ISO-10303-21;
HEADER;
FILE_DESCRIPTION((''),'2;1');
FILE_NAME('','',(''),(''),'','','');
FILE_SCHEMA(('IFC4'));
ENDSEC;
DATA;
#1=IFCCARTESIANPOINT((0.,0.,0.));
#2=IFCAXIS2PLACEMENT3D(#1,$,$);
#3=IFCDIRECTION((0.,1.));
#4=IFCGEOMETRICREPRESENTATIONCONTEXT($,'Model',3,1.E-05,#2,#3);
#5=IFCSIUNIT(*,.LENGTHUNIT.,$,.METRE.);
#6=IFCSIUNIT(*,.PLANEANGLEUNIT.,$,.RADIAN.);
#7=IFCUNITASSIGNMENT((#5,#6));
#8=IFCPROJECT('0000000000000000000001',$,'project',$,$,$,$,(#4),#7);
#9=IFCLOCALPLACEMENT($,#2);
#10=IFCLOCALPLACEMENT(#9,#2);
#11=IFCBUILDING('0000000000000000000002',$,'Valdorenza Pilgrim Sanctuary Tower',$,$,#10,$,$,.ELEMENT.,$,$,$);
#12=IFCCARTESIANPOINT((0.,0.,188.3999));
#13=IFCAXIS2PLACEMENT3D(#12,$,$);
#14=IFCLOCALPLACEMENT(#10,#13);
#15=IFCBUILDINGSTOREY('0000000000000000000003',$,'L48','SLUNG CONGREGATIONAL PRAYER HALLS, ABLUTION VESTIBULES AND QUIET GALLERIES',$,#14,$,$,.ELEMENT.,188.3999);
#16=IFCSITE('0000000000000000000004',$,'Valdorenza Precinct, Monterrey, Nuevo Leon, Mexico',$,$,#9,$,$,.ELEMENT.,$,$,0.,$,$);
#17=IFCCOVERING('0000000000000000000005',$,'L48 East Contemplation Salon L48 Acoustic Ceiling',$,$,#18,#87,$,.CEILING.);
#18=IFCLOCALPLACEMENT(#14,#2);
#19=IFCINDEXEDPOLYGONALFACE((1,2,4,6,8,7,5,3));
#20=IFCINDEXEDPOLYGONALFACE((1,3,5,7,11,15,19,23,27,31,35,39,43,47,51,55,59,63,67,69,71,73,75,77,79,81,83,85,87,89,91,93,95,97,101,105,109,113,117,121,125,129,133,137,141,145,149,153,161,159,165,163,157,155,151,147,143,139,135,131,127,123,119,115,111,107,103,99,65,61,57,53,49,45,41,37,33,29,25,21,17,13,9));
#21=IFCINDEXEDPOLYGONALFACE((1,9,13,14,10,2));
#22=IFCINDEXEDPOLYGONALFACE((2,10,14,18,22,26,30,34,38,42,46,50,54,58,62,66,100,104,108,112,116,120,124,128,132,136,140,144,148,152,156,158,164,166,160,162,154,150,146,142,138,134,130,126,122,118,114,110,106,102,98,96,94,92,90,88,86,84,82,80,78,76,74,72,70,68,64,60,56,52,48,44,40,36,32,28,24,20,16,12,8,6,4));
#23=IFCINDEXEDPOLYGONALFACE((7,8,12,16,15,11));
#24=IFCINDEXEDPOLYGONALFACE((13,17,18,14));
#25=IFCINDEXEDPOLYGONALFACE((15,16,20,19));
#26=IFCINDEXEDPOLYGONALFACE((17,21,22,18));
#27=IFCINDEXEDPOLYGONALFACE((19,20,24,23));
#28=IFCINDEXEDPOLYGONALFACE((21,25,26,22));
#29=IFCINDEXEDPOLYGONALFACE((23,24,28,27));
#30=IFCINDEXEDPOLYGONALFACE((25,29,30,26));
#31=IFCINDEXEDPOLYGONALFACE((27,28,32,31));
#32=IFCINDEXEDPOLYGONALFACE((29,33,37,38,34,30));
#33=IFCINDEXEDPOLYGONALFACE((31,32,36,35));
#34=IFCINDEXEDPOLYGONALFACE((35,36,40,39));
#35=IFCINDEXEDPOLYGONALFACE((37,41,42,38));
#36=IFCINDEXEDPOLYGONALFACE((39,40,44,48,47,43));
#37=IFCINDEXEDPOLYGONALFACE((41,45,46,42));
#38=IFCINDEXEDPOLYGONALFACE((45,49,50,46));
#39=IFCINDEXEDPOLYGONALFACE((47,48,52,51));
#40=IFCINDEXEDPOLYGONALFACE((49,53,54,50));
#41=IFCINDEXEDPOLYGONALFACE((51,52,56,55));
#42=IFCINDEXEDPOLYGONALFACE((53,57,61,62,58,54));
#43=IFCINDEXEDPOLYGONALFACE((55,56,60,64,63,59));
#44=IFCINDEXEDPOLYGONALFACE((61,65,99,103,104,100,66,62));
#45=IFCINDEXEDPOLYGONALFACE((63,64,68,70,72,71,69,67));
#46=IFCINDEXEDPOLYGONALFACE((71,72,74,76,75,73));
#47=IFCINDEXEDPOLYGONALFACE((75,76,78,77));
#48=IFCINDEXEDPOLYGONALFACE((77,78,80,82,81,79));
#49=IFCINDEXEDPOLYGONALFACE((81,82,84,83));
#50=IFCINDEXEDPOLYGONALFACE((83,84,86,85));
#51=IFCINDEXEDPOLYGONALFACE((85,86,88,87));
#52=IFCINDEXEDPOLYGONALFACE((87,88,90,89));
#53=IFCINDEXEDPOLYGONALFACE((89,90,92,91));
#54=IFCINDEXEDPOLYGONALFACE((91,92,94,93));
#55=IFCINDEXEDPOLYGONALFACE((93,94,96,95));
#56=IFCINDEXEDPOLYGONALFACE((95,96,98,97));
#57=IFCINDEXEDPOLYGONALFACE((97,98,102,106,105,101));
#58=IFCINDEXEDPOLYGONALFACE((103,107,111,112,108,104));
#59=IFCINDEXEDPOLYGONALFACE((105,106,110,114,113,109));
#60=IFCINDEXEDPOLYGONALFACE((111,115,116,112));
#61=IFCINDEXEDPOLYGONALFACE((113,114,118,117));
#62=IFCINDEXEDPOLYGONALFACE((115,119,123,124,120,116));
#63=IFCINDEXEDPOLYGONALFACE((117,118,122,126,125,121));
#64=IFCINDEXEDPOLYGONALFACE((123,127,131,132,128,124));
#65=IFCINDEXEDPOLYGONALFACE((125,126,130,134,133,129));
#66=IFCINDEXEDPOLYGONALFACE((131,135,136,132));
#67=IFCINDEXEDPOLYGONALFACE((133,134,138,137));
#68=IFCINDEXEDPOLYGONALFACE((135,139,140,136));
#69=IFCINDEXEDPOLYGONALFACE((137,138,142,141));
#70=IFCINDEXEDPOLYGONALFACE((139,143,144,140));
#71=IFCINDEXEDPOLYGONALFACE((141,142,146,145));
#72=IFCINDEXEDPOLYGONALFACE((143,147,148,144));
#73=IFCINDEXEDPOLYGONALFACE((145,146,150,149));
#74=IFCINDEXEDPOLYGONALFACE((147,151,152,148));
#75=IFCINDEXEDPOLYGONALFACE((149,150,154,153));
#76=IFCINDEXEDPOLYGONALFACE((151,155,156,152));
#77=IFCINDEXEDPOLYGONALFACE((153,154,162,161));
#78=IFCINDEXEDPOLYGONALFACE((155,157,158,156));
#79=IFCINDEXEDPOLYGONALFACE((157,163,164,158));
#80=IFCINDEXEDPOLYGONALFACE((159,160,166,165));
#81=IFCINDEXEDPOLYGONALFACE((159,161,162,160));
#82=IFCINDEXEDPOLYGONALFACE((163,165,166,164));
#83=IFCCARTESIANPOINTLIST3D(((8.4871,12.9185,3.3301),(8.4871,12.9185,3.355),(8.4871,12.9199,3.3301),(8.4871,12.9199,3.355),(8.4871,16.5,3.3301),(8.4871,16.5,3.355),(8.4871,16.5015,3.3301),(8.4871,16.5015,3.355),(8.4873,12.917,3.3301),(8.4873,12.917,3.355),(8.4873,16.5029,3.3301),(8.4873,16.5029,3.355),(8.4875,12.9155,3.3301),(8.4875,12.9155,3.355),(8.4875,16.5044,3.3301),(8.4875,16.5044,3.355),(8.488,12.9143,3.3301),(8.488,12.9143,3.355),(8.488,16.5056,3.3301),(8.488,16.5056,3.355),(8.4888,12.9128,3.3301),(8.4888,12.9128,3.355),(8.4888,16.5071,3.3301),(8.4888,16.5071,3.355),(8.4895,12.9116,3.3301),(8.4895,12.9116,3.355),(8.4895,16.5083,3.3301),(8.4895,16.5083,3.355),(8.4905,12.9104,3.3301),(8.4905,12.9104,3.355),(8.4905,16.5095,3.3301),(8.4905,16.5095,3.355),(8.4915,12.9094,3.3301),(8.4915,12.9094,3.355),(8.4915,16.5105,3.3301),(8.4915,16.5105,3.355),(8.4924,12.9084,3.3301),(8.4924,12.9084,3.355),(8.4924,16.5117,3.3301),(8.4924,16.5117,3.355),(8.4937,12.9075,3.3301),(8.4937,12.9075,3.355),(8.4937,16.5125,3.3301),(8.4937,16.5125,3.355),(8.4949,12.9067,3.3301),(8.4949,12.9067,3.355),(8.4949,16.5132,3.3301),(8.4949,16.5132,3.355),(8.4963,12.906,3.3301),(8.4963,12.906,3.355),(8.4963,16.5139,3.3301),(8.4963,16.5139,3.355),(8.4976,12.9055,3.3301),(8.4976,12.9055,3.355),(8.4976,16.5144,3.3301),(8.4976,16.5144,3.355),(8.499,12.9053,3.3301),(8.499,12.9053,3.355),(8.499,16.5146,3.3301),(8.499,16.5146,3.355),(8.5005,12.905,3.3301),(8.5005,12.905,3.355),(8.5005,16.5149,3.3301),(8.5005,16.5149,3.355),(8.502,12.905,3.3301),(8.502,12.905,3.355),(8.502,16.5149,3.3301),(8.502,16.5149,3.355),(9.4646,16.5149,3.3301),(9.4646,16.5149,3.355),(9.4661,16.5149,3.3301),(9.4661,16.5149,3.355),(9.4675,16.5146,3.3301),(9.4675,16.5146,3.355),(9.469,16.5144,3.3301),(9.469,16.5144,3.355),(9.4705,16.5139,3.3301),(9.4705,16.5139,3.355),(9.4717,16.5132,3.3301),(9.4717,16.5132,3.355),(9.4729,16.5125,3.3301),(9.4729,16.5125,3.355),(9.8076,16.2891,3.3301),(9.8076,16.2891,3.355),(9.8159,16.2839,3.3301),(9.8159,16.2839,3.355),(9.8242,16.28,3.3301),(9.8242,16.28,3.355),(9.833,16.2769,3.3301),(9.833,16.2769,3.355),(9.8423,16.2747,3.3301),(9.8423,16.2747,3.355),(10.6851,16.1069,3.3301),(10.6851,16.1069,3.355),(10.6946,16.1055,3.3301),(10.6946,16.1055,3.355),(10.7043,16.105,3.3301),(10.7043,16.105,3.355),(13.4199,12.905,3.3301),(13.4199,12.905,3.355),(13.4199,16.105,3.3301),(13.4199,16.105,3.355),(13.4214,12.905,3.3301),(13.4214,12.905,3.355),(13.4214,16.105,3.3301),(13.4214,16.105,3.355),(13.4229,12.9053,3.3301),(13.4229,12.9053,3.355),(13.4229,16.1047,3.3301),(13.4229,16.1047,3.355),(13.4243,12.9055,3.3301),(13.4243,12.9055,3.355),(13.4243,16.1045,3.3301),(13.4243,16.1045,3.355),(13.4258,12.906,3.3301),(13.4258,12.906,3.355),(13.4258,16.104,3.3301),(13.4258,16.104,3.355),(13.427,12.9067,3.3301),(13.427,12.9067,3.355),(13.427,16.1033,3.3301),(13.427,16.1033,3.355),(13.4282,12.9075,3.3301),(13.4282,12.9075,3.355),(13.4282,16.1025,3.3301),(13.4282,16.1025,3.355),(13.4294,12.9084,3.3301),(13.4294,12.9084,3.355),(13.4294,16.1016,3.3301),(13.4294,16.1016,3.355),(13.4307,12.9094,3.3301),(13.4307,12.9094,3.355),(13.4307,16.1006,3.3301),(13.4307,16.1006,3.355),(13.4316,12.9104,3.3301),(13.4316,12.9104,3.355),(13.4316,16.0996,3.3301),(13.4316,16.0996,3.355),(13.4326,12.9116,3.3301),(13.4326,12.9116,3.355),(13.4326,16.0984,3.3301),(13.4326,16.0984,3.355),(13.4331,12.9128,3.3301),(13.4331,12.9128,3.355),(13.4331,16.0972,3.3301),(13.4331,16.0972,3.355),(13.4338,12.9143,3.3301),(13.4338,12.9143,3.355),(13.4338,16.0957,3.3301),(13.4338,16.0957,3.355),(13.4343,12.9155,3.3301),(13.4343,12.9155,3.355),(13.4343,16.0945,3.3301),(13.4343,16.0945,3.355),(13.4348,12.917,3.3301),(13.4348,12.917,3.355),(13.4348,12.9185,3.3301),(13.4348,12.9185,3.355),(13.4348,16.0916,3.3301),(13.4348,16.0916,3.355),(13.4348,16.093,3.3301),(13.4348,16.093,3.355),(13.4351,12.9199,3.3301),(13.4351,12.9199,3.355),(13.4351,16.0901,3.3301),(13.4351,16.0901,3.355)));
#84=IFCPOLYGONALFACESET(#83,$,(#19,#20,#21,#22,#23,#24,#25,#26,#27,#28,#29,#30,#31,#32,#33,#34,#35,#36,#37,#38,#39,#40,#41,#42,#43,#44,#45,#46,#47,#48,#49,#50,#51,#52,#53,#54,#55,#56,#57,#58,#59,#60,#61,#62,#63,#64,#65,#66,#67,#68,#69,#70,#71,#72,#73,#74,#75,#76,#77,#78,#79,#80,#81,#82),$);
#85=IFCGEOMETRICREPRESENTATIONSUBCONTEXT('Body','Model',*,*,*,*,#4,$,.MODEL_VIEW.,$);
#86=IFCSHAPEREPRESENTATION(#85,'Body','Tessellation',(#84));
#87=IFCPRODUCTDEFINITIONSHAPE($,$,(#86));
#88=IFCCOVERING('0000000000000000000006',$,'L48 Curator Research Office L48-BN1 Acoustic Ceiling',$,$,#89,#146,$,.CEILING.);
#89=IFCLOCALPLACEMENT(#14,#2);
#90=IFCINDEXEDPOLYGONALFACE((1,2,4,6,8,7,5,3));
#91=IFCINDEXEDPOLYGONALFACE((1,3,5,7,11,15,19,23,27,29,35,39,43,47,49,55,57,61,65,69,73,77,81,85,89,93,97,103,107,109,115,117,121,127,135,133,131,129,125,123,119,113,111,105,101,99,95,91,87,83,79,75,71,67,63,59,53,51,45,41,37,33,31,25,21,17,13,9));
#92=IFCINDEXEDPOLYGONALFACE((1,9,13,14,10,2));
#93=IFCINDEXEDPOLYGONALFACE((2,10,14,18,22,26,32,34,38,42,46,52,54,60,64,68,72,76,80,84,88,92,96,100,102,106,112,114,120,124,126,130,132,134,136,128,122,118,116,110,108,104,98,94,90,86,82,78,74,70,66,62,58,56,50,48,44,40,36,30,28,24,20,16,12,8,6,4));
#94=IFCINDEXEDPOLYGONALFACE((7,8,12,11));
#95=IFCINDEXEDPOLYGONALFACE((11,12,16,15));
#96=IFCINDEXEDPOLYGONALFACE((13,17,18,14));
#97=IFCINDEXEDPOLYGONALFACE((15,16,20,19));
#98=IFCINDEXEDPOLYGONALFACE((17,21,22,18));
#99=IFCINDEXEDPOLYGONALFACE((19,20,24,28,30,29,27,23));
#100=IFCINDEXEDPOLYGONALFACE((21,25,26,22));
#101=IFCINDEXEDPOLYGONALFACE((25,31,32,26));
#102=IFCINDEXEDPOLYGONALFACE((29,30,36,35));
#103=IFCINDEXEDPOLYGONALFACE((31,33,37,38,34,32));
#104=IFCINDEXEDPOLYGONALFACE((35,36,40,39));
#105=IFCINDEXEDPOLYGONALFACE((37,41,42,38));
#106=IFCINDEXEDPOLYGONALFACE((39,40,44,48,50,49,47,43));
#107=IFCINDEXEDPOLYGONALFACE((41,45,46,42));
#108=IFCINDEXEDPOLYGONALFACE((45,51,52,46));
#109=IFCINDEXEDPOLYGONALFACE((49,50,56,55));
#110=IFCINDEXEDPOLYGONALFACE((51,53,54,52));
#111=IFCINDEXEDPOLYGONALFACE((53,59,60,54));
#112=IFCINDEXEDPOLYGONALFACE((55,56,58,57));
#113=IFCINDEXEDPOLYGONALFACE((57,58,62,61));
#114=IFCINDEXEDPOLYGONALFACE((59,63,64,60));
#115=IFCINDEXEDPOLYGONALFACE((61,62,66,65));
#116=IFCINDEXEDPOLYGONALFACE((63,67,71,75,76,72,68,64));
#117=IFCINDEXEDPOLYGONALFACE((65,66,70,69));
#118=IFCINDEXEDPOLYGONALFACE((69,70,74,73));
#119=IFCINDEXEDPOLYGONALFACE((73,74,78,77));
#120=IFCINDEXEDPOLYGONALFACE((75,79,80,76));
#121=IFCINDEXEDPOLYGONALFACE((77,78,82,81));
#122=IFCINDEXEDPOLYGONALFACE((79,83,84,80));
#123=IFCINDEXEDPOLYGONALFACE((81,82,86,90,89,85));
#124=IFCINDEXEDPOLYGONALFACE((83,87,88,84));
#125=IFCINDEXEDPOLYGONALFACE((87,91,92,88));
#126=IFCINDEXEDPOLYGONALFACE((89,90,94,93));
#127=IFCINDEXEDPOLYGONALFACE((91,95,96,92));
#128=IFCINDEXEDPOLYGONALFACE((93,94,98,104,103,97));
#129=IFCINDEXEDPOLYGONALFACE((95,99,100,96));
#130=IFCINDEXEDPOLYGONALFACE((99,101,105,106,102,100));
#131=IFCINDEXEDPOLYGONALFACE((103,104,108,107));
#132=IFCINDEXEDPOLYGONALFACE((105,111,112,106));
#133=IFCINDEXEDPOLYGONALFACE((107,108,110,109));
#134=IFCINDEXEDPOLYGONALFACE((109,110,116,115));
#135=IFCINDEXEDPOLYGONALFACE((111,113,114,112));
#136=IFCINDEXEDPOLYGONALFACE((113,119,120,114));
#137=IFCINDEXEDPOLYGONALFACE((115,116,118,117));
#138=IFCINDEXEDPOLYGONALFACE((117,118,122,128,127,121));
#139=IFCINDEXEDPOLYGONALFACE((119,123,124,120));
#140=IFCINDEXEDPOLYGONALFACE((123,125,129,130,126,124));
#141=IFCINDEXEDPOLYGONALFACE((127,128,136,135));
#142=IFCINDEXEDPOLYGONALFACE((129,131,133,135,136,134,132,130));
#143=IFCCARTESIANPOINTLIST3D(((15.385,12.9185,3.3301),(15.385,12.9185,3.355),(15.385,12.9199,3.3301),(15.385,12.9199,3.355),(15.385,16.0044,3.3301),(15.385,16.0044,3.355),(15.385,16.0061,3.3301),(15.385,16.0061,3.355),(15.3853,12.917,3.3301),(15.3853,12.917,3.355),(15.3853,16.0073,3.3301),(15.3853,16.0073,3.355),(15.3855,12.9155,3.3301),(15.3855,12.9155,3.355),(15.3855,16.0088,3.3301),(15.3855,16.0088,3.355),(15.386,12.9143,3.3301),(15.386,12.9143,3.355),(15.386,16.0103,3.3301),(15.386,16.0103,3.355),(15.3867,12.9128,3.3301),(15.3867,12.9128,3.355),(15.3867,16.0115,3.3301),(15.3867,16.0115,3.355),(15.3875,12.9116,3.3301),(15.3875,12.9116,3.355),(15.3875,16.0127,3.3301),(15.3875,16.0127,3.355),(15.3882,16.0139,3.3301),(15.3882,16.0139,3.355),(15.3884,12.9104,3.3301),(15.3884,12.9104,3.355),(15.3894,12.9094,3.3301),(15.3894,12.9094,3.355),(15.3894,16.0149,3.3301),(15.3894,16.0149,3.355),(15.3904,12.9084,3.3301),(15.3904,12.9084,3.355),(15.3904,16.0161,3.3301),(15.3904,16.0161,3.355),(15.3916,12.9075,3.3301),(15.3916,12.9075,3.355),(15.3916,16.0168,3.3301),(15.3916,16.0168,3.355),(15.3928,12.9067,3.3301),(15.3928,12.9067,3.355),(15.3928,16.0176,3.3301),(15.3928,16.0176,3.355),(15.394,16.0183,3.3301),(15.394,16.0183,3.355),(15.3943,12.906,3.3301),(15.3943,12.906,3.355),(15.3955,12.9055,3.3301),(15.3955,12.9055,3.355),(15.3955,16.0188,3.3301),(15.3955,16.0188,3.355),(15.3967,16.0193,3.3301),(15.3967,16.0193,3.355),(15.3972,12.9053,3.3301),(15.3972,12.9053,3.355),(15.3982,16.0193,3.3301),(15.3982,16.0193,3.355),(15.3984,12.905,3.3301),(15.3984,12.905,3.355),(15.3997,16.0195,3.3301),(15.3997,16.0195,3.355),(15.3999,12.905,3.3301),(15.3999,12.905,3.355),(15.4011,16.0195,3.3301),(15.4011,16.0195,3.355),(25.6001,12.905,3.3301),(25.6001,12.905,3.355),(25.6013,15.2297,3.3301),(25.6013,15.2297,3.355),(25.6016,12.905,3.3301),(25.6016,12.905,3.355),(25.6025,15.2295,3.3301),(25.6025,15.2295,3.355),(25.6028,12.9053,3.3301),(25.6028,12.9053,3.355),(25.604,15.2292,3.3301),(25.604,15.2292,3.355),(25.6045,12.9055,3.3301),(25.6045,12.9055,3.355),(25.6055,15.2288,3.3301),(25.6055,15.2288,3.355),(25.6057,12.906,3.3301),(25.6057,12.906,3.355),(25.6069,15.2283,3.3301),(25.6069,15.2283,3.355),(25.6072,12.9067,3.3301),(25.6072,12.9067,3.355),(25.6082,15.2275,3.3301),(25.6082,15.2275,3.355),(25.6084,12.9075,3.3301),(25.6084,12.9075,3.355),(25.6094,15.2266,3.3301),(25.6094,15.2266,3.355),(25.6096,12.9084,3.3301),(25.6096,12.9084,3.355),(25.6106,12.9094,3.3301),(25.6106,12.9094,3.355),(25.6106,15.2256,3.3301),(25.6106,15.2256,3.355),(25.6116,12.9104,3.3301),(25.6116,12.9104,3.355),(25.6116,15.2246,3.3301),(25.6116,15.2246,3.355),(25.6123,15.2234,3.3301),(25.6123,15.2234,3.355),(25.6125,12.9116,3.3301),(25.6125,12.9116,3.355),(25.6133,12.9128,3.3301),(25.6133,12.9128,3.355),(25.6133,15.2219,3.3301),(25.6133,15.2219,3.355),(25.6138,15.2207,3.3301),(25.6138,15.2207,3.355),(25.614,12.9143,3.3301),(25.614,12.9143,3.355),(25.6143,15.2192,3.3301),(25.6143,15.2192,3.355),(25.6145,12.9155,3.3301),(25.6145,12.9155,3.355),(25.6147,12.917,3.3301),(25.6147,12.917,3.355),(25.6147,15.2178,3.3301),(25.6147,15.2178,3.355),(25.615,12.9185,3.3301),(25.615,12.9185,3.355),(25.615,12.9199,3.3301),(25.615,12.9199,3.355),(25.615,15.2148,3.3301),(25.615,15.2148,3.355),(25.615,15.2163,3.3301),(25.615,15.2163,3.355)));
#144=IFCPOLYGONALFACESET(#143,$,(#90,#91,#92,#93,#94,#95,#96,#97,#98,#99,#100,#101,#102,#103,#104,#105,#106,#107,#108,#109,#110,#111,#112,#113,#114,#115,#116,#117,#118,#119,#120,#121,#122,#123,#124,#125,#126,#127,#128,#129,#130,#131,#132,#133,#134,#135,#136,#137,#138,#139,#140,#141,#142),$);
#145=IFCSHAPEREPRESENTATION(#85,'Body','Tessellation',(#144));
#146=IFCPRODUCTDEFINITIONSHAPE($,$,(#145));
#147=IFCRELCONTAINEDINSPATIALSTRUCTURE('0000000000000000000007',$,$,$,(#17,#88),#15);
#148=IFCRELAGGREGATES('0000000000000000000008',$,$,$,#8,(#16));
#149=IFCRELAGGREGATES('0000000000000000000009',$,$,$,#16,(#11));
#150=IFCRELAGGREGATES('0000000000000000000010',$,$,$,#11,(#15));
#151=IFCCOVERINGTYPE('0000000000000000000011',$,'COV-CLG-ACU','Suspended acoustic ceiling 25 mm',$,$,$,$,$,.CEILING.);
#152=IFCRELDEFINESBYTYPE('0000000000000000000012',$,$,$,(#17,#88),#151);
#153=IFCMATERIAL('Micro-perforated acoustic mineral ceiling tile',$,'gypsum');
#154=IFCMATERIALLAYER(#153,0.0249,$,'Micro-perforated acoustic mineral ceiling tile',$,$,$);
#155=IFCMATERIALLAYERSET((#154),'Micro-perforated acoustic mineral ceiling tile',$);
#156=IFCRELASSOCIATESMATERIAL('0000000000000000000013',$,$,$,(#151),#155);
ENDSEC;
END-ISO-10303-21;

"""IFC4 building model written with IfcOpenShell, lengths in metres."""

from ifc_helpers import new_model, si_unit, direction, frame, origin, place, context, subcontext, project, spatial, polyline, outline, extrude, material, layer, layer_set, type_object, element, save


model = new_model("IFC4")

# Units and contexts
model_context = context("Model", 3, precision=1e-05, world=origin(), true_north=direction((0.0, 1.0)))
body_context = subcontext(model_context, "Body", "Model", "MODEL_VIEW")
ifc_project = project(units=[si_unit("LENGTHUNIT", "METRE"), si_unit("PLANEANGLEUNIT", "RADIAN")], contexts=[model_context])

# Site, building, storey
site_placement = place(None, origin())
site = spatial("IfcSite", under=ifc_project, at=site_placement, Name="Valdorenza Precinct, Monterrey, Nuevo Leon, Mexico", CompositionType="ELEMENT", RefElevation=0.0)
building_placement = place(site_placement, origin())
building = spatial("IfcBuilding", under=site, at=building_placement, Name="Valdorenza Pilgrim Sanctuary Tower", CompositionType="ELEMENT")
storey_placement = place(building_placement, frame((0.0, 0.0, 188.3999)))
storey = spatial("IfcBuildingStorey", under=building, at=storey_placement, Name="L48", Description="SLUNG CONGREGATIONAL PRAYER HALLS, ABLUTION VESTIBULES AND QUIET GALLERIES", CompositionType="ELEMENT", Elevation=188.3999)

# Coverings
ifc_material_1 = material(Name="Micro-perforated acoustic mineral ceiling tile", Category="gypsum")
ifc_layer_1 = layer(ifc_material_1, 0.0249, Name="Micro-perforated acoustic mineral ceiling tile")
ifc_layer_set_1 = layer_set([ifc_layer_1], Name="Micro-perforated acoustic mineral ceiling tile")
covering_type_1 = type_object("IfcCoveringType", Name="COV-CLG-ACU", Description="Suspended acoustic ceiling 25 mm", PredefinedType="CEILING", material=ifc_layer_set_1)
covering_1_placement = place(storey_placement, frame((0.0, 0.0, 3.3301)))
element("IfcCovering", 1, at=covering_1_placement, inside=storey, type_object=covering_type_1, Name="L48 East Contemplation Salon L48 Acoustic Ceiling", PredefinedType="CEILING", context=body_context, shape_type="SweptSolid", body=[
    extrude(outline(polyline([(8.502, 12.905), (8.5005, 12.905), (8.499, 12.9053), (8.4976, 12.9055), (8.4963, 12.906), (8.4949, 12.9067), (8.4937, 12.9075), (8.4924, 12.9084), (8.4915, 12.9094), (8.4905, 12.9104), (8.4895, 12.9116), (8.4888, 12.9128), (8.488, 12.9143), (8.4875, 12.9155), (8.4873, 12.917), (8.4871, 12.9185), (8.4871, 12.9199), (8.4871, 16.5), (8.4871, 16.5015), (8.4873, 16.5029), (8.4875, 16.5044), (8.488, 16.5056), (8.4888, 16.5071), (8.4895, 16.5083), (8.4905, 16.5095), (8.4915, 16.5105), (8.4924, 16.5117), (8.4937, 16.5125), (8.4949, 16.5132), (8.4963, 16.5139), (8.4976, 16.5144), (8.499, 16.5146), (8.5005, 16.5149), (8.502, 16.5149), (9.4646, 16.5149), (9.4661, 16.5149), (9.4675, 16.5146), (9.469, 16.5144), (9.4705, 16.5139), (9.4717, 16.5132), (9.4729, 16.5125), (9.8076, 16.2891), (9.8159, 16.2839), (9.8242, 16.28), (9.833, 16.2769), (9.8423, 16.2747), (10.6851, 16.1069), (10.6946, 16.1055), (10.7043, 16.105), (13.4199, 16.105), (13.4214, 16.105), (13.4229, 16.1047), (13.4243, 16.1045), (13.4258, 16.104), (13.427, 16.1033), (13.4282, 16.1025), (13.4294, 16.1016), (13.4307, 16.1006), (13.4316, 16.0996), (13.4326, 16.0984), (13.4331, 16.0972), (13.4338, 16.0957), (13.4343, 16.0945), (13.4348, 16.093), (13.4348, 16.0916), (13.4351, 16.0901), (13.4351, 12.9199), (13.4348, 12.9185), (13.4348, 12.917), (13.4343, 12.9155), (13.4338, 12.9143), (13.4331, 12.9128), (13.4326, 12.9116), (13.4316, 12.9104), (13.4307, 12.9094), (13.4294, 12.9084), (13.4282, 12.9075), (13.427, 12.9067), (13.4258, 12.906), (13.4243, 12.9055), (13.4229, 12.9053), (13.4214, 12.905), (13.4199, 12.905), (8.502, 12.905)])), origin(), (0.0, 0.0, 1.0), 0.0249),
])
covering_2_placement = place(storey_placement, frame((0.0, 0.0, 3.3301)))
element("IfcCovering", 2, at=covering_2_placement, inside=storey, type_object=covering_type_1, Name="L48 Curator Research Office L48-BN1 Acoustic Ceiling", PredefinedType="CEILING", context=body_context, shape_type="SweptSolid", body=[
    extrude(outline(polyline([(15.3999, 12.905), (15.3984, 12.905), (15.3972, 12.9053), (15.3955, 12.9055), (15.3943, 12.906), (15.3928, 12.9067), (15.3916, 12.9075), (15.3904, 12.9084), (15.3894, 12.9094), (15.3884, 12.9104), (15.3875, 12.9116), (15.3867, 12.9128), (15.386, 12.9143), (15.3855, 12.9155), (15.3853, 12.917), (15.385, 12.9185), (15.385, 12.9199), (15.385, 16.0044), (15.385, 16.0061), (15.3853, 16.0073), (15.3855, 16.0088), (15.386, 16.0103), (15.3867, 16.0115), (15.3875, 16.0127), (15.3882, 16.0139), (15.3894, 16.0149), (15.3904, 16.0161), (15.3916, 16.0168), (15.3928, 16.0176), (15.394, 16.0183), (15.3955, 16.0188), (15.3967, 16.0193), (15.3982, 16.0193), (15.3997, 16.0195), (15.4011, 16.0195), (25.6013, 15.2297), (25.6025, 15.2295), (25.604, 15.2292), (25.6055, 15.2288), (25.6069, 15.2283), (25.6082, 15.2275), (25.6094, 15.2266), (25.6106, 15.2256), (25.6116, 15.2246), (25.6123, 15.2234), (25.6133, 15.2219), (25.6138, 15.2207), (25.6143, 15.2192), (25.6147, 15.2178), (25.615, 15.2163), (25.615, 15.2148), (25.615, 12.9199), (25.615, 12.9185), (25.6147, 12.917), (25.6145, 12.9155), (25.614, 12.9143), (25.6133, 12.9128), (25.6125, 12.9116), (25.6116, 12.9104), (25.6106, 12.9094), (25.6096, 12.9084), (25.6084, 12.9075), (25.6072, 12.9067), (25.6057, 12.906), (25.6045, 12.9055), (25.6028, 12.9053), (25.6016, 12.905), (25.6001, 12.905), (15.3999, 12.905)])), origin(), (0.0, 0.0, 1.0), 0.0249),
])

save(model, "model.ifc")
